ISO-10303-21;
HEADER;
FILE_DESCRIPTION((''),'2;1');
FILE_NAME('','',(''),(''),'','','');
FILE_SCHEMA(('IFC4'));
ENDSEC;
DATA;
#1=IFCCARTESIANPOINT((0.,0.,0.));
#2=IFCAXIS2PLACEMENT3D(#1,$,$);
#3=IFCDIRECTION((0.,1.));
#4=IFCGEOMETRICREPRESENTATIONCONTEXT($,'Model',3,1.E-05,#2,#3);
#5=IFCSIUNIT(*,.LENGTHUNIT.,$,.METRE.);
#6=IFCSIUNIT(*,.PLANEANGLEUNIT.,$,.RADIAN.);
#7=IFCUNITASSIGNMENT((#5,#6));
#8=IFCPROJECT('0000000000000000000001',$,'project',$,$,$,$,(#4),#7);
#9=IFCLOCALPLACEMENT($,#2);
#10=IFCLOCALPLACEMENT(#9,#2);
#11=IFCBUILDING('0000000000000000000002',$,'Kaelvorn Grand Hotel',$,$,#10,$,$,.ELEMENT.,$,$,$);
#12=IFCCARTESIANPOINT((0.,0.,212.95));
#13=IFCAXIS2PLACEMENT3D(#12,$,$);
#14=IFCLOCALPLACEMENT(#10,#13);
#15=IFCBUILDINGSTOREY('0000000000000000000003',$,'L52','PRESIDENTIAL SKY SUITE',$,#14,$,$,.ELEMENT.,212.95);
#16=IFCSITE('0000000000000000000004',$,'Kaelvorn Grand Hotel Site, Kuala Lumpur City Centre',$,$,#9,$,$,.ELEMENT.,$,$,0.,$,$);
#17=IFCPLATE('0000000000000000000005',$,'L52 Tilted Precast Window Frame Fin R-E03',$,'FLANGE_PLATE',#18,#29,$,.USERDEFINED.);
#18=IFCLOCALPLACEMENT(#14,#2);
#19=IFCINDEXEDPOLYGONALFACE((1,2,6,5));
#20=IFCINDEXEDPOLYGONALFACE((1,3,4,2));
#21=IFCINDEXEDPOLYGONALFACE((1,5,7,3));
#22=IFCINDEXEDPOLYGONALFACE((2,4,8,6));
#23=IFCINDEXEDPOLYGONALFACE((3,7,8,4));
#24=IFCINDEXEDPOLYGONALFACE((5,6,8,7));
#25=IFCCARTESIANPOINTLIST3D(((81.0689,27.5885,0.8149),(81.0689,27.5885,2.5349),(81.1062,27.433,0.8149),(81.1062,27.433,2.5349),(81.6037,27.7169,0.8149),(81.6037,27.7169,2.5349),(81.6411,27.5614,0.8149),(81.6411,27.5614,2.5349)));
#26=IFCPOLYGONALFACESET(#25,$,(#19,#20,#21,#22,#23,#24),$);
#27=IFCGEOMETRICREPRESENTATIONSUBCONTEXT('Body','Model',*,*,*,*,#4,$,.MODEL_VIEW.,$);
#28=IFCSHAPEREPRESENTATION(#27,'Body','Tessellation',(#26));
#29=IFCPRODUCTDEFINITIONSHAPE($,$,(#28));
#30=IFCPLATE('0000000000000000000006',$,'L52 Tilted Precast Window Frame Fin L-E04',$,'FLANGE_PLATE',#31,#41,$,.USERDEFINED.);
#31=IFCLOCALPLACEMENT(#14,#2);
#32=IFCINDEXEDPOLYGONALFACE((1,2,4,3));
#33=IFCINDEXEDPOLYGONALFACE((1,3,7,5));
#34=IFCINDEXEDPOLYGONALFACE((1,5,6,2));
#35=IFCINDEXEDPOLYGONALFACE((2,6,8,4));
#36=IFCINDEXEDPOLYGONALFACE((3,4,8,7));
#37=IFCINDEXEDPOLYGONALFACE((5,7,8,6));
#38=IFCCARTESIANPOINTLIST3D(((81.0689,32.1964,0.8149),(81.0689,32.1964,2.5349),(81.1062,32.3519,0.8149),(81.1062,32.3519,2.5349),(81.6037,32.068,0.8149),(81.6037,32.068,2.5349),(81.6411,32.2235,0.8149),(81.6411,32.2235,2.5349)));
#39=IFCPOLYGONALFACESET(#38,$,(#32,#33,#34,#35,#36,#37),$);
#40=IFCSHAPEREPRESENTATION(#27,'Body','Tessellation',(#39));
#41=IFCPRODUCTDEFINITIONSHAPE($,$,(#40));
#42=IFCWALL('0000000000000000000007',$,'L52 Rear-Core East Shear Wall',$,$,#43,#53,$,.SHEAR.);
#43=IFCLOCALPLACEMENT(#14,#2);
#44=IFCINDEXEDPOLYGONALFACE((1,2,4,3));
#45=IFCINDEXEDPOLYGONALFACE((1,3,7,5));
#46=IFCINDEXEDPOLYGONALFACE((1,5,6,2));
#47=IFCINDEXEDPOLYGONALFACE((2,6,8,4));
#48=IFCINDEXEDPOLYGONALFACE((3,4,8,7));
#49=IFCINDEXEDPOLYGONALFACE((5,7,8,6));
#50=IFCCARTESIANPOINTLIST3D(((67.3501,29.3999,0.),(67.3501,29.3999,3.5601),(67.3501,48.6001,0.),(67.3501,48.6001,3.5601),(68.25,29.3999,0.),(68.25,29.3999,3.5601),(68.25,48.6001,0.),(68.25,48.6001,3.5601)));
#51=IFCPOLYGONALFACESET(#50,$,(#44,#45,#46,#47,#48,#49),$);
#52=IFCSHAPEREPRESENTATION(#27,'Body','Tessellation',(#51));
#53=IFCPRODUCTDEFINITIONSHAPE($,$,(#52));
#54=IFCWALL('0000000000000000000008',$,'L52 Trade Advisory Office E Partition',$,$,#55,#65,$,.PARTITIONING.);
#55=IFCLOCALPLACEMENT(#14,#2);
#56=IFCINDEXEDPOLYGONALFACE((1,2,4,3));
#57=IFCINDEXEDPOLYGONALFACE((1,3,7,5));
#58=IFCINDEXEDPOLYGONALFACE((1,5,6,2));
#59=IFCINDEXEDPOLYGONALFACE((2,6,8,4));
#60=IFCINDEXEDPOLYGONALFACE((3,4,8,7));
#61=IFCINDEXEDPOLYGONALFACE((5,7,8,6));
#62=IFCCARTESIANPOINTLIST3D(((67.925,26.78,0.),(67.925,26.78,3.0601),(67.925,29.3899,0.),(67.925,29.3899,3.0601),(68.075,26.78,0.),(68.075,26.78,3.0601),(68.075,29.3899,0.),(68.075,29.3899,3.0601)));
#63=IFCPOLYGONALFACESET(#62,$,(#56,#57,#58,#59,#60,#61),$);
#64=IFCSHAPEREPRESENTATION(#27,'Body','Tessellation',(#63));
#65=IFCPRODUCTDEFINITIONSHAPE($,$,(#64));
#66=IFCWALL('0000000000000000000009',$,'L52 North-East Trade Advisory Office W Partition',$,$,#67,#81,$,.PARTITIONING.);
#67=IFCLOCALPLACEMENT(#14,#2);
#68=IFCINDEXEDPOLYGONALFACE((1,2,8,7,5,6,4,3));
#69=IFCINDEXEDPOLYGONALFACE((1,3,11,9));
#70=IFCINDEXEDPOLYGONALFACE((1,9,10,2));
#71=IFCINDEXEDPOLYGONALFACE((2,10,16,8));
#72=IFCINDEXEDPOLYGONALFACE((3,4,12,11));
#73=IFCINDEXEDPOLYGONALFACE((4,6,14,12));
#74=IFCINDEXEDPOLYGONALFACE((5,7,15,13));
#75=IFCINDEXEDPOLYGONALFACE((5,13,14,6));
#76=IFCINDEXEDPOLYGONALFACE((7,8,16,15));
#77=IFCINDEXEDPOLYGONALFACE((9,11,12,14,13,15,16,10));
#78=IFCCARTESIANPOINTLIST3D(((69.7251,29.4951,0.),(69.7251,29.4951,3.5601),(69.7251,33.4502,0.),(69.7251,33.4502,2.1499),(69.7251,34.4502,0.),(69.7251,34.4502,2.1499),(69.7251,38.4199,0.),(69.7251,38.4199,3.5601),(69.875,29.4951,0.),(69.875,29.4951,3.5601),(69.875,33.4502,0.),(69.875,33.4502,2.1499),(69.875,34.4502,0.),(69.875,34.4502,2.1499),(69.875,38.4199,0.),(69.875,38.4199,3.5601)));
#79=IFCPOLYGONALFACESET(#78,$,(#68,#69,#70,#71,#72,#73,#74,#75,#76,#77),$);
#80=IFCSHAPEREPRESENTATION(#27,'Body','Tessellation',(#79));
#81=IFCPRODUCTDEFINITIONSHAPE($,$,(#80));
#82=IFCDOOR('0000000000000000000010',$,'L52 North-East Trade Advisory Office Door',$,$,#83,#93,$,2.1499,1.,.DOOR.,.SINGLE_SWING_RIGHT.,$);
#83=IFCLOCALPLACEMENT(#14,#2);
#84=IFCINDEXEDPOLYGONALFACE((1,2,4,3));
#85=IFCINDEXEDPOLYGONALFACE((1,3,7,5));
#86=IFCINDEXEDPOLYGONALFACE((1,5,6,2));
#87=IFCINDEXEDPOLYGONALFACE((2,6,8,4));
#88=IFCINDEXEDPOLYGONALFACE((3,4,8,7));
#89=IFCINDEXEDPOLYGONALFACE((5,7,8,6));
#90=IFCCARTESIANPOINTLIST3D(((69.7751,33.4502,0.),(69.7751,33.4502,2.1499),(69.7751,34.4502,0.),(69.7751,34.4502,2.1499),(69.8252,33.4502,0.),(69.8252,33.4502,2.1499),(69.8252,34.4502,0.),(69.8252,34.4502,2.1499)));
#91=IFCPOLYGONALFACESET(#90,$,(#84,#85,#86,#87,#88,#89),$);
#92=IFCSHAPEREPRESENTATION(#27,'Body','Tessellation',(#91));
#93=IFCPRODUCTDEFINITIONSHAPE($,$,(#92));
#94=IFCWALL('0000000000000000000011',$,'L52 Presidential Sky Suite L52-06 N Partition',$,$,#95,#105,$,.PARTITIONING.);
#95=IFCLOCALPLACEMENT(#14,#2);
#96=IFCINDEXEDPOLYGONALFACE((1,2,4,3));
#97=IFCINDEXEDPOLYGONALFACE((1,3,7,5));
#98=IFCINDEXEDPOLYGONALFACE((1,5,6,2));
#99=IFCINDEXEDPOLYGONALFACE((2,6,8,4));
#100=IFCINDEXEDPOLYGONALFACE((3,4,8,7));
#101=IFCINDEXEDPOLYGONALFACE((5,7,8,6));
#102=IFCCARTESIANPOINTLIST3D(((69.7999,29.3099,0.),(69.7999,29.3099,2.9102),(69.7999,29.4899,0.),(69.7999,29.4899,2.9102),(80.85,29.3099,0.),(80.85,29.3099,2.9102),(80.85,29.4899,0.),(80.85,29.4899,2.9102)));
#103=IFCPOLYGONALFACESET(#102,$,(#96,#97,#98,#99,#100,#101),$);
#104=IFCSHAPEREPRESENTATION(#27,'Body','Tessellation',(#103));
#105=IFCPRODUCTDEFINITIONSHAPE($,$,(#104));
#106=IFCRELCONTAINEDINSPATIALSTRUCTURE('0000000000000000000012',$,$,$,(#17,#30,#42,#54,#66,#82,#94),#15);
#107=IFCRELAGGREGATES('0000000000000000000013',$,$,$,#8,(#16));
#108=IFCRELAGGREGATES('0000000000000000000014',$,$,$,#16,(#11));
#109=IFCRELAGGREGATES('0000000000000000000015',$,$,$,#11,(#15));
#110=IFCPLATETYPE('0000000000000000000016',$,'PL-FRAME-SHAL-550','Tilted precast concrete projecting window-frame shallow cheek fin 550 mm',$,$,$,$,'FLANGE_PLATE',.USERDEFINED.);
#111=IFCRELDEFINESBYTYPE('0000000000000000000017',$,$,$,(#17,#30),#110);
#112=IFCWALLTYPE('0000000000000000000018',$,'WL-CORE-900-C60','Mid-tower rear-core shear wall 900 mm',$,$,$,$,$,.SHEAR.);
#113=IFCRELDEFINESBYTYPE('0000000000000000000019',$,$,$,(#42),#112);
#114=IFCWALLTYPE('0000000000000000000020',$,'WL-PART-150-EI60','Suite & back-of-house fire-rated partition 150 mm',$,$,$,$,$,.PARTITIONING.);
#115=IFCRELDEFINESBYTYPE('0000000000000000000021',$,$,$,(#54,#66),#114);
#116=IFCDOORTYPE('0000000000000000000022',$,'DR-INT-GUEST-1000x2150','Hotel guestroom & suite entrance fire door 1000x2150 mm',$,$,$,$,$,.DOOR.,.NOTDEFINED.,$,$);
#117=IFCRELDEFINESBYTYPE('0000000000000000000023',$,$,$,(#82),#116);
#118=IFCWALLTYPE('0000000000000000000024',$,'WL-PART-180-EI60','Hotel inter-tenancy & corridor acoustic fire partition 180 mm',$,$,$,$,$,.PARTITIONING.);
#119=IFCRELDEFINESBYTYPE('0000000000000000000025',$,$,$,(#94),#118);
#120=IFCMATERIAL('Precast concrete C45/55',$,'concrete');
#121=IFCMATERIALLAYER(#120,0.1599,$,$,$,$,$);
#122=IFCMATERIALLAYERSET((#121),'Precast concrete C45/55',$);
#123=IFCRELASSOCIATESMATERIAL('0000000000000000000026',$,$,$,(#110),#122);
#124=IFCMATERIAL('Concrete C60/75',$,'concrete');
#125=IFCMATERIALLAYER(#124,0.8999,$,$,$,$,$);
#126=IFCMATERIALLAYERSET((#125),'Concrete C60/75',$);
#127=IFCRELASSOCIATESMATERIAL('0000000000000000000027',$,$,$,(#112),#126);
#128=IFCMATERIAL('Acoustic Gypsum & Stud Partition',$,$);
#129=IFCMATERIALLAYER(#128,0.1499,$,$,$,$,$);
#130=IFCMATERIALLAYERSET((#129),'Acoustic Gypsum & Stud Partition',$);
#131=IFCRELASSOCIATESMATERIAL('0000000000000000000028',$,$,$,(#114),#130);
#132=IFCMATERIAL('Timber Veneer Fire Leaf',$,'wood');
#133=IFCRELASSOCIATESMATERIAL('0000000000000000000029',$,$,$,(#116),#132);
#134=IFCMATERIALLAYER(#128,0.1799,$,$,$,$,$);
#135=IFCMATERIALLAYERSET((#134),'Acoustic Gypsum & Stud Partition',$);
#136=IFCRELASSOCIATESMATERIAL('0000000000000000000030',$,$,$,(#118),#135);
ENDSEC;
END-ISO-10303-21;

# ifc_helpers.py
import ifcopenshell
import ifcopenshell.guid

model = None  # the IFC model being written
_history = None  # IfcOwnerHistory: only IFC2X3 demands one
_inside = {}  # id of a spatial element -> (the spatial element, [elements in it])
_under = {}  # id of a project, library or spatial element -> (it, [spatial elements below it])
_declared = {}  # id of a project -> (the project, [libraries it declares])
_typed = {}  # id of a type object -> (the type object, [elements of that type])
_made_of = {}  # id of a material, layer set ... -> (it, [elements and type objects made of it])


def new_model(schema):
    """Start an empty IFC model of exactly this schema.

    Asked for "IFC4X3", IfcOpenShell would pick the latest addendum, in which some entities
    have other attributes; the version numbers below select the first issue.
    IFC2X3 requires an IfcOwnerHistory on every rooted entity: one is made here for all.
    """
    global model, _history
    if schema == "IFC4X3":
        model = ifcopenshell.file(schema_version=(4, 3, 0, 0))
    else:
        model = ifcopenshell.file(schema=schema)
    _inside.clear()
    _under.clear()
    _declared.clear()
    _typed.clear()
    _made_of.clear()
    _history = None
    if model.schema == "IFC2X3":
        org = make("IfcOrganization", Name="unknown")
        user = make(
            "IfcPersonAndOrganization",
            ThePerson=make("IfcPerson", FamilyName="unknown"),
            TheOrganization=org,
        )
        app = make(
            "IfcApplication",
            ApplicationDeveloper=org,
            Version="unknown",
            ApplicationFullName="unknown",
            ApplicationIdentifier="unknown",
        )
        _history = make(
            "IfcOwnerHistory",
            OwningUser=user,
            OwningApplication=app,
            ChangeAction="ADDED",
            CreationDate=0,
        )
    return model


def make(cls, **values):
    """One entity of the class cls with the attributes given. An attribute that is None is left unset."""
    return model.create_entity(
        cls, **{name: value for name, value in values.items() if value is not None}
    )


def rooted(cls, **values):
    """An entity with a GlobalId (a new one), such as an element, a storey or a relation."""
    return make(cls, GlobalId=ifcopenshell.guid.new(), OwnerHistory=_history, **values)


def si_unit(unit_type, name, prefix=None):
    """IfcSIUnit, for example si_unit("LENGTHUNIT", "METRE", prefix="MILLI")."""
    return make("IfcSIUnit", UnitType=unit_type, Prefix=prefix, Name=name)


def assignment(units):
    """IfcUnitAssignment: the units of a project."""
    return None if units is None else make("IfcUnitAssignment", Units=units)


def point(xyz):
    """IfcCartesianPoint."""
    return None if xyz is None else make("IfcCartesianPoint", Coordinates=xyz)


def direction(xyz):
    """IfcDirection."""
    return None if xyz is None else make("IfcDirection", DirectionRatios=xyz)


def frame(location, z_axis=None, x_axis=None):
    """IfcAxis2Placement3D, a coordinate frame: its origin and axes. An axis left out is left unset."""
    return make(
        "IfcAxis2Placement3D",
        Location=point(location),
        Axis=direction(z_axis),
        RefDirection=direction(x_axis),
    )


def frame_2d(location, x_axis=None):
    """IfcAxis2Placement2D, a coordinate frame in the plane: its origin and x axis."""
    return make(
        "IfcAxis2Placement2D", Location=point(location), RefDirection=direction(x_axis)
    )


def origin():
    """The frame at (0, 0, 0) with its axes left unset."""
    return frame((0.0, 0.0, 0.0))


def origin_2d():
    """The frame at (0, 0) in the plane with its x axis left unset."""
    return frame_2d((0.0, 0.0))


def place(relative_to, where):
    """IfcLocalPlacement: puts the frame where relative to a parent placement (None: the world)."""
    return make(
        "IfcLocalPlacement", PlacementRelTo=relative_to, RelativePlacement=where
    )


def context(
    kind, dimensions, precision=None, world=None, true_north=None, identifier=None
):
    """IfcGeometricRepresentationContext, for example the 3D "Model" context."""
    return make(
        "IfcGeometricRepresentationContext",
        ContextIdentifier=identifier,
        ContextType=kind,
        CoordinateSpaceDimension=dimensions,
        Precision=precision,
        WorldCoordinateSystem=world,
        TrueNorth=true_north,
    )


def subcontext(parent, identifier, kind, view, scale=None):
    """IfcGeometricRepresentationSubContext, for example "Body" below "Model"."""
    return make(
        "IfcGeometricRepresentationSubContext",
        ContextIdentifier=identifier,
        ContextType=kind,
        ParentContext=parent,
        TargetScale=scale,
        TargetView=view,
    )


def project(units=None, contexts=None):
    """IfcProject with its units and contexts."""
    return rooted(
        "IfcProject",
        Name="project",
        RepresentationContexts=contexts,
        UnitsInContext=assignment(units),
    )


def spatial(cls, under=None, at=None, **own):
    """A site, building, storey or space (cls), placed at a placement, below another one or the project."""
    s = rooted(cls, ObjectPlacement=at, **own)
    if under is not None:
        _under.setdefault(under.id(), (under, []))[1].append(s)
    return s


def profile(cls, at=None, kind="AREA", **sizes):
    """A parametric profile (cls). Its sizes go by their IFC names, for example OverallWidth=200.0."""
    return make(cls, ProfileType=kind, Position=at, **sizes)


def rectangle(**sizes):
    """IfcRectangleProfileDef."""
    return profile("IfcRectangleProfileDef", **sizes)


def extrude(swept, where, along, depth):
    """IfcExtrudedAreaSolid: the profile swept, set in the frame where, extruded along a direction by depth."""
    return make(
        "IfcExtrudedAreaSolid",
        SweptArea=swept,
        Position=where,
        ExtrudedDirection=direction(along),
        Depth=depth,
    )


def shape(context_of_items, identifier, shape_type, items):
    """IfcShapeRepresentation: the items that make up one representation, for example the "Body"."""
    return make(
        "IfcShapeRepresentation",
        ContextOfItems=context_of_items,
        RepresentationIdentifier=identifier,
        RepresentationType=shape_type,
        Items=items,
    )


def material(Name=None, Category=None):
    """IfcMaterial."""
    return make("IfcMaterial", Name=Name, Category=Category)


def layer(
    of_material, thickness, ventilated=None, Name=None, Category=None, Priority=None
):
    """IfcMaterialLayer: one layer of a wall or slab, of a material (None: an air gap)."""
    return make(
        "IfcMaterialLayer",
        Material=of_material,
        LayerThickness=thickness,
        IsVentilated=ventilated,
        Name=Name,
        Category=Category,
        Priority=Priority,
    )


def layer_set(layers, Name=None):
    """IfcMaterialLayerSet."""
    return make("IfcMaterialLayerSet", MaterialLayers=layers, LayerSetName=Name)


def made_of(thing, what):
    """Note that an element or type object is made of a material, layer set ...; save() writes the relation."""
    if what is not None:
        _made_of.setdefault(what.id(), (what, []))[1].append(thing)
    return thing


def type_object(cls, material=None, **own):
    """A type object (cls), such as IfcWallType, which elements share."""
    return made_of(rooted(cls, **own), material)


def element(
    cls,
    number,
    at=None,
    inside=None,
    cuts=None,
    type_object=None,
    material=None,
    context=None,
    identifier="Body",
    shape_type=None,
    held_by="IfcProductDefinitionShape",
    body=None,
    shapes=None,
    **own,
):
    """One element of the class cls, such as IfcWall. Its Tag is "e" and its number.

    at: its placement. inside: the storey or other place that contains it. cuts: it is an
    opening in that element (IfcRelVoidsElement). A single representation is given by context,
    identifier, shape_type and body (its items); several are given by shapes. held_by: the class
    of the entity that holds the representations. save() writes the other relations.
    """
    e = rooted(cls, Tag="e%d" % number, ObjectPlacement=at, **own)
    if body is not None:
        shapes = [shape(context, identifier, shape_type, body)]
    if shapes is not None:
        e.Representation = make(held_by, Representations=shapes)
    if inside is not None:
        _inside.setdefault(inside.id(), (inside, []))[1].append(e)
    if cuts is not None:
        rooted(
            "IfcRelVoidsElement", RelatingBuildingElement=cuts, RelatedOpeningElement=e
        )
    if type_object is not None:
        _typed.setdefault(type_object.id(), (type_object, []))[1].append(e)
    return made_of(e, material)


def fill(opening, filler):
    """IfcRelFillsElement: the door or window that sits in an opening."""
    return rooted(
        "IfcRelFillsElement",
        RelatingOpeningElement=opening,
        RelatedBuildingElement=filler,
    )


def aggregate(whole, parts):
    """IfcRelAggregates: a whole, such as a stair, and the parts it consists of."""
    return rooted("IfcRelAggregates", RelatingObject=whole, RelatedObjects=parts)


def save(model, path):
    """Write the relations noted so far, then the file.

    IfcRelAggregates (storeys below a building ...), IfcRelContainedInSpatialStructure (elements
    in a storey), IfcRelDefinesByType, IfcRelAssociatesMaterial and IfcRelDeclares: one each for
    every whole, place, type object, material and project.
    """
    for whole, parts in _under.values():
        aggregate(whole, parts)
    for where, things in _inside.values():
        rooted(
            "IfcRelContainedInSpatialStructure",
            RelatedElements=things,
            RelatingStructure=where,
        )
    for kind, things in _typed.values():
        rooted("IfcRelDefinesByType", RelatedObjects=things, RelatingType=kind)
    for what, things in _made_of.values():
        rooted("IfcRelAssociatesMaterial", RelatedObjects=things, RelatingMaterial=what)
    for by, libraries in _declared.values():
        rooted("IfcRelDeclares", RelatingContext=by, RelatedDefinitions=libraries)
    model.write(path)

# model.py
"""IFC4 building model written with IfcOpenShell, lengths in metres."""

from ifc_helpers import new_model, si_unit, direction, frame, frame_2d, origin, origin_2d, place, context, subcontext, project, spatial, rectangle, extrude, material, layer, layer_set, type_object, element, fill, save


model = new_model("IFC4")

# Units and contexts
model_context = context("Model", 3, precision=1e-05, world=origin(), true_north=direction((0.0, 1.0)))
body_context = subcontext(model_context, "Body", "Model", "MODEL_VIEW")
ifc_project = project(units=[si_unit("LENGTHUNIT", "METRE"), si_unit("PLANEANGLEUNIT", "RADIAN")], contexts=[model_context])

# Site, building, storey
site_placement = place(None, origin())
site = spatial("IfcSite", under=ifc_project, at=site_placement, Name="Kaelvorn Grand Hotel Site, Kuala Lumpur City Centre", CompositionType="ELEMENT", RefElevation=0.0)
building_placement = place(site_placement, origin())
building = spatial("IfcBuilding", under=site, at=building_placement, Name="Kaelvorn Grand Hotel", CompositionType="ELEMENT")
storey_placement = place(building_placement, frame((0.0, 0.0, 212.95)))
storey = spatial("IfcBuildingStorey", under=building, at=storey_placement, Name="L52", Description="PRESIDENTIAL SKY SUITE", CompositionType="ELEMENT", Elevation=212.95)

# Shared definitions
ifc_material_1 = material(Name="Concrete C60/75", Category="concrete")

# Plates
ifc_material_2 = material(Name="Precast concrete C45/55", Category="concrete")
ifc_layer_1 = layer(ifc_material_2, 0.1599)
ifc_layer_set_1 = layer_set([ifc_layer_1], Name="Precast concrete C45/55")
plate_type_1 = type_object("IfcPlateType", Name="PL-FRAME-SHAL-550", Description="Tilted precast concrete projecting window-frame shallow cheek fin 550 mm", ElementType="FLANGE_PLATE", PredefinedType="USERDEFINED", material=ifc_layer_set_1)
for number, where, z_axis, x_axis, name in (
    (1, (81.355, 27.575, 0.8149), (0.0, 0.0, 1.0), (-0.233445, 0.97237, 0.0), "L52 Tilted Precast Window Frame Fin R-E03"),
    (2, (81.355, 32.21, 0.8149), (0.0, 0.0, 1.0), (0.233445, 0.97237, 0.0), "L52 Tilted Precast Window Frame Fin L-E04"),
):
    element("IfcPlate", number, at=place(storey_placement, frame(where, z_axis=z_axis, x_axis=x_axis)), inside=storey, type_object=plate_type_1, Name=name, ObjectType="FLANGE_PLATE", PredefinedType="USERDEFINED", context=body_context, shape_type="SweptSolid", body=[
        extrude(rectangle(XDim=0.1599, YDim=0.55, at=origin_2d()), origin(), (0.0, 0.0, 1.0), 1.72),
    ])

# Walls
ifc_layer_2 = layer(ifc_material_1, 0.8999)
ifc_layer_set_2 = layer_set([ifc_layer_2], Name="Concrete C60/75")
wall_type_1 = type_object("IfcWallType", Name="WL-CORE-900-C60", Description="Mid-tower rear-core shear wall 900 mm", PredefinedType="SHEAR", material=ifc_layer_set_2)
wall_1_placement = place(storey_placement, frame((67.8, 29.3999, 0.0), z_axis=(0.0, 0.0, 1.0), x_axis=(0.0, 1.0, 0.0)))
element("IfcWall", 3, at=wall_1_placement, inside=storey, type_object=wall_type_1, Name="L52 Rear-Core East Shear Wall", PredefinedType="SHEAR", context=body_context, shape_type="SweptSolid", body=[
    extrude(rectangle(XDim=19.2002, YDim=0.8999, at=frame_2d((9.6001, 0.0))), origin(), (0.0, 0.0, 1.0), 3.5601),
])
ifc_material_3 = material(Name="Acoustic Gypsum & Stud Partition")
ifc_layer_3 = layer(ifc_material_3, 0.1499)
ifc_layer_set_3 = layer_set([ifc_layer_3], Name="Acoustic Gypsum & Stud Partition")
wall_type_2 = type_object("IfcWallType", Name="WL-PART-150-EI60", Description="Suite & back-of-house fire-rated partition 150 mm", PredefinedType="PARTITIONING", material=ifc_layer_set_3)
wall_2_placement = place(storey_placement, frame((68.0, 26.78, 0.0), z_axis=(0.0, 0.0, 1.0), x_axis=(0.0, 1.0, 0.0)))
element("IfcWall", 4, at=wall_2_placement, inside=storey, type_object=wall_type_2, Name="L52 Trade Advisory Office E Partition", PredefinedType="PARTITIONING", context=body_context, shape_type="SweptSolid", body=[
    extrude(rectangle(XDim=2.6099, YDim=0.1499, at=frame_2d((1.3049, 0.0))), origin(), (0.0, 0.0, 1.0), 3.0601),
])

# Wall, opening, door
wall_3_placement = place(storey_placement, frame((69.8, 29.4951, 0.0), z_axis=(0.0, 0.0, 1.0), x_axis=(0.0, 1.0, 0.0)))
wall_3 = element("IfcWall", 5, at=wall_3_placement, inside=storey, type_object=wall_type_2, Name="L52 North-East Trade Advisory Office W Partition", PredefinedType="PARTITIONING", context=body_context, shape_type="SweptSolid", body=[
    extrude(rectangle(XDim=8.9248, YDim=0.1499, at=frame_2d((4.4624, 0.0))), origin(), (0.0, 0.0, 1.0), 3.5601),
])
opening_1_placement = place(wall_3_placement, frame((3.9551, 0.0, 0.0)))
opening_1 = element("IfcOpeningElement", 6, at=opening_1_placement, cuts=wall_3, PredefinedType="OPENING", context=body_context, shape_type="SweptSolid", body=[
    extrude(rectangle(XDim=1.0, YDim=2.1499, at=frame_2d((0.5, 1.075))), frame((0.0, 0.085, 0.0), z_axis=(0.0, -1.0, 0.0), x_axis=(1.0, 0.0, 0.0)), (0.0, 0.0, 1.0), 0.1699),
])
ifc_material_4 = material(Name="Timber Veneer Fire Leaf", Category="wood")
door_type = type_object("IfcDoorType", Name="DR-INT-GUEST-1000x2150", Description="Hotel guestroom & suite entrance fire door 1000x2150 mm", OperationType="NOTDEFINED", PredefinedType="DOOR", material=ifc_material_4)
door_1_placement = place(opening_1_placement, origin())
door_1 = element("IfcDoor", 7, at=door_1_placement, inside=storey, type_object=door_type, Name="L52 North-East Trade Advisory Office Door", OperationType="SINGLE_SWING_RIGHT", OverallHeight=2.1499, OverallWidth=1.0, PredefinedType="DOOR", context=body_context, shape_type="SweptSolid", body=[
    extrude(rectangle(XDim=1.0, YDim=2.1499, at=frame_2d((0.5, 1.075))), frame((0.0, 0.0249, 0.0), z_axis=(0.0, -1.0, 0.0), x_axis=(1.0, 0.0, 0.0)), (0.0, 0.0, 1.0), 0.05),
])
fill(opening_1, door_1)

# Wall
ifc_layer_4 = layer(ifc_material_3, 0.1799)
ifc_layer_set_4 = layer_set([ifc_layer_4], Name="Acoustic Gypsum & Stud Partition")
wall_type_3 = type_object("IfcWallType", Name="WL-PART-180-EI60", Description="Hotel inter-tenancy & corridor acoustic fire partition 180 mm", PredefinedType="PARTITIONING", material=ifc_layer_set_4)
wall_4_placement = place(storey_placement, frame((69.8, 29.3999, 0.0), z_axis=(0.0, 0.0, 1.0), x_axis=(1.0, 0.0, 0.0)))
element("IfcWall", 8, at=wall_4_placement, inside=storey, type_object=wall_type_3, Name="L52 Presidential Sky Suite L52-06 N Partition", PredefinedType="PARTITIONING", context=body_context, shape_type="SweptSolid", body=[
    extrude(rectangle(XDim=11.05, YDim=0.1799, at=frame_2d((5.5249, 0.0))), origin(), (0.0, 0.0, 1.0), 2.9102),
])

save(model, "model.ifc")
